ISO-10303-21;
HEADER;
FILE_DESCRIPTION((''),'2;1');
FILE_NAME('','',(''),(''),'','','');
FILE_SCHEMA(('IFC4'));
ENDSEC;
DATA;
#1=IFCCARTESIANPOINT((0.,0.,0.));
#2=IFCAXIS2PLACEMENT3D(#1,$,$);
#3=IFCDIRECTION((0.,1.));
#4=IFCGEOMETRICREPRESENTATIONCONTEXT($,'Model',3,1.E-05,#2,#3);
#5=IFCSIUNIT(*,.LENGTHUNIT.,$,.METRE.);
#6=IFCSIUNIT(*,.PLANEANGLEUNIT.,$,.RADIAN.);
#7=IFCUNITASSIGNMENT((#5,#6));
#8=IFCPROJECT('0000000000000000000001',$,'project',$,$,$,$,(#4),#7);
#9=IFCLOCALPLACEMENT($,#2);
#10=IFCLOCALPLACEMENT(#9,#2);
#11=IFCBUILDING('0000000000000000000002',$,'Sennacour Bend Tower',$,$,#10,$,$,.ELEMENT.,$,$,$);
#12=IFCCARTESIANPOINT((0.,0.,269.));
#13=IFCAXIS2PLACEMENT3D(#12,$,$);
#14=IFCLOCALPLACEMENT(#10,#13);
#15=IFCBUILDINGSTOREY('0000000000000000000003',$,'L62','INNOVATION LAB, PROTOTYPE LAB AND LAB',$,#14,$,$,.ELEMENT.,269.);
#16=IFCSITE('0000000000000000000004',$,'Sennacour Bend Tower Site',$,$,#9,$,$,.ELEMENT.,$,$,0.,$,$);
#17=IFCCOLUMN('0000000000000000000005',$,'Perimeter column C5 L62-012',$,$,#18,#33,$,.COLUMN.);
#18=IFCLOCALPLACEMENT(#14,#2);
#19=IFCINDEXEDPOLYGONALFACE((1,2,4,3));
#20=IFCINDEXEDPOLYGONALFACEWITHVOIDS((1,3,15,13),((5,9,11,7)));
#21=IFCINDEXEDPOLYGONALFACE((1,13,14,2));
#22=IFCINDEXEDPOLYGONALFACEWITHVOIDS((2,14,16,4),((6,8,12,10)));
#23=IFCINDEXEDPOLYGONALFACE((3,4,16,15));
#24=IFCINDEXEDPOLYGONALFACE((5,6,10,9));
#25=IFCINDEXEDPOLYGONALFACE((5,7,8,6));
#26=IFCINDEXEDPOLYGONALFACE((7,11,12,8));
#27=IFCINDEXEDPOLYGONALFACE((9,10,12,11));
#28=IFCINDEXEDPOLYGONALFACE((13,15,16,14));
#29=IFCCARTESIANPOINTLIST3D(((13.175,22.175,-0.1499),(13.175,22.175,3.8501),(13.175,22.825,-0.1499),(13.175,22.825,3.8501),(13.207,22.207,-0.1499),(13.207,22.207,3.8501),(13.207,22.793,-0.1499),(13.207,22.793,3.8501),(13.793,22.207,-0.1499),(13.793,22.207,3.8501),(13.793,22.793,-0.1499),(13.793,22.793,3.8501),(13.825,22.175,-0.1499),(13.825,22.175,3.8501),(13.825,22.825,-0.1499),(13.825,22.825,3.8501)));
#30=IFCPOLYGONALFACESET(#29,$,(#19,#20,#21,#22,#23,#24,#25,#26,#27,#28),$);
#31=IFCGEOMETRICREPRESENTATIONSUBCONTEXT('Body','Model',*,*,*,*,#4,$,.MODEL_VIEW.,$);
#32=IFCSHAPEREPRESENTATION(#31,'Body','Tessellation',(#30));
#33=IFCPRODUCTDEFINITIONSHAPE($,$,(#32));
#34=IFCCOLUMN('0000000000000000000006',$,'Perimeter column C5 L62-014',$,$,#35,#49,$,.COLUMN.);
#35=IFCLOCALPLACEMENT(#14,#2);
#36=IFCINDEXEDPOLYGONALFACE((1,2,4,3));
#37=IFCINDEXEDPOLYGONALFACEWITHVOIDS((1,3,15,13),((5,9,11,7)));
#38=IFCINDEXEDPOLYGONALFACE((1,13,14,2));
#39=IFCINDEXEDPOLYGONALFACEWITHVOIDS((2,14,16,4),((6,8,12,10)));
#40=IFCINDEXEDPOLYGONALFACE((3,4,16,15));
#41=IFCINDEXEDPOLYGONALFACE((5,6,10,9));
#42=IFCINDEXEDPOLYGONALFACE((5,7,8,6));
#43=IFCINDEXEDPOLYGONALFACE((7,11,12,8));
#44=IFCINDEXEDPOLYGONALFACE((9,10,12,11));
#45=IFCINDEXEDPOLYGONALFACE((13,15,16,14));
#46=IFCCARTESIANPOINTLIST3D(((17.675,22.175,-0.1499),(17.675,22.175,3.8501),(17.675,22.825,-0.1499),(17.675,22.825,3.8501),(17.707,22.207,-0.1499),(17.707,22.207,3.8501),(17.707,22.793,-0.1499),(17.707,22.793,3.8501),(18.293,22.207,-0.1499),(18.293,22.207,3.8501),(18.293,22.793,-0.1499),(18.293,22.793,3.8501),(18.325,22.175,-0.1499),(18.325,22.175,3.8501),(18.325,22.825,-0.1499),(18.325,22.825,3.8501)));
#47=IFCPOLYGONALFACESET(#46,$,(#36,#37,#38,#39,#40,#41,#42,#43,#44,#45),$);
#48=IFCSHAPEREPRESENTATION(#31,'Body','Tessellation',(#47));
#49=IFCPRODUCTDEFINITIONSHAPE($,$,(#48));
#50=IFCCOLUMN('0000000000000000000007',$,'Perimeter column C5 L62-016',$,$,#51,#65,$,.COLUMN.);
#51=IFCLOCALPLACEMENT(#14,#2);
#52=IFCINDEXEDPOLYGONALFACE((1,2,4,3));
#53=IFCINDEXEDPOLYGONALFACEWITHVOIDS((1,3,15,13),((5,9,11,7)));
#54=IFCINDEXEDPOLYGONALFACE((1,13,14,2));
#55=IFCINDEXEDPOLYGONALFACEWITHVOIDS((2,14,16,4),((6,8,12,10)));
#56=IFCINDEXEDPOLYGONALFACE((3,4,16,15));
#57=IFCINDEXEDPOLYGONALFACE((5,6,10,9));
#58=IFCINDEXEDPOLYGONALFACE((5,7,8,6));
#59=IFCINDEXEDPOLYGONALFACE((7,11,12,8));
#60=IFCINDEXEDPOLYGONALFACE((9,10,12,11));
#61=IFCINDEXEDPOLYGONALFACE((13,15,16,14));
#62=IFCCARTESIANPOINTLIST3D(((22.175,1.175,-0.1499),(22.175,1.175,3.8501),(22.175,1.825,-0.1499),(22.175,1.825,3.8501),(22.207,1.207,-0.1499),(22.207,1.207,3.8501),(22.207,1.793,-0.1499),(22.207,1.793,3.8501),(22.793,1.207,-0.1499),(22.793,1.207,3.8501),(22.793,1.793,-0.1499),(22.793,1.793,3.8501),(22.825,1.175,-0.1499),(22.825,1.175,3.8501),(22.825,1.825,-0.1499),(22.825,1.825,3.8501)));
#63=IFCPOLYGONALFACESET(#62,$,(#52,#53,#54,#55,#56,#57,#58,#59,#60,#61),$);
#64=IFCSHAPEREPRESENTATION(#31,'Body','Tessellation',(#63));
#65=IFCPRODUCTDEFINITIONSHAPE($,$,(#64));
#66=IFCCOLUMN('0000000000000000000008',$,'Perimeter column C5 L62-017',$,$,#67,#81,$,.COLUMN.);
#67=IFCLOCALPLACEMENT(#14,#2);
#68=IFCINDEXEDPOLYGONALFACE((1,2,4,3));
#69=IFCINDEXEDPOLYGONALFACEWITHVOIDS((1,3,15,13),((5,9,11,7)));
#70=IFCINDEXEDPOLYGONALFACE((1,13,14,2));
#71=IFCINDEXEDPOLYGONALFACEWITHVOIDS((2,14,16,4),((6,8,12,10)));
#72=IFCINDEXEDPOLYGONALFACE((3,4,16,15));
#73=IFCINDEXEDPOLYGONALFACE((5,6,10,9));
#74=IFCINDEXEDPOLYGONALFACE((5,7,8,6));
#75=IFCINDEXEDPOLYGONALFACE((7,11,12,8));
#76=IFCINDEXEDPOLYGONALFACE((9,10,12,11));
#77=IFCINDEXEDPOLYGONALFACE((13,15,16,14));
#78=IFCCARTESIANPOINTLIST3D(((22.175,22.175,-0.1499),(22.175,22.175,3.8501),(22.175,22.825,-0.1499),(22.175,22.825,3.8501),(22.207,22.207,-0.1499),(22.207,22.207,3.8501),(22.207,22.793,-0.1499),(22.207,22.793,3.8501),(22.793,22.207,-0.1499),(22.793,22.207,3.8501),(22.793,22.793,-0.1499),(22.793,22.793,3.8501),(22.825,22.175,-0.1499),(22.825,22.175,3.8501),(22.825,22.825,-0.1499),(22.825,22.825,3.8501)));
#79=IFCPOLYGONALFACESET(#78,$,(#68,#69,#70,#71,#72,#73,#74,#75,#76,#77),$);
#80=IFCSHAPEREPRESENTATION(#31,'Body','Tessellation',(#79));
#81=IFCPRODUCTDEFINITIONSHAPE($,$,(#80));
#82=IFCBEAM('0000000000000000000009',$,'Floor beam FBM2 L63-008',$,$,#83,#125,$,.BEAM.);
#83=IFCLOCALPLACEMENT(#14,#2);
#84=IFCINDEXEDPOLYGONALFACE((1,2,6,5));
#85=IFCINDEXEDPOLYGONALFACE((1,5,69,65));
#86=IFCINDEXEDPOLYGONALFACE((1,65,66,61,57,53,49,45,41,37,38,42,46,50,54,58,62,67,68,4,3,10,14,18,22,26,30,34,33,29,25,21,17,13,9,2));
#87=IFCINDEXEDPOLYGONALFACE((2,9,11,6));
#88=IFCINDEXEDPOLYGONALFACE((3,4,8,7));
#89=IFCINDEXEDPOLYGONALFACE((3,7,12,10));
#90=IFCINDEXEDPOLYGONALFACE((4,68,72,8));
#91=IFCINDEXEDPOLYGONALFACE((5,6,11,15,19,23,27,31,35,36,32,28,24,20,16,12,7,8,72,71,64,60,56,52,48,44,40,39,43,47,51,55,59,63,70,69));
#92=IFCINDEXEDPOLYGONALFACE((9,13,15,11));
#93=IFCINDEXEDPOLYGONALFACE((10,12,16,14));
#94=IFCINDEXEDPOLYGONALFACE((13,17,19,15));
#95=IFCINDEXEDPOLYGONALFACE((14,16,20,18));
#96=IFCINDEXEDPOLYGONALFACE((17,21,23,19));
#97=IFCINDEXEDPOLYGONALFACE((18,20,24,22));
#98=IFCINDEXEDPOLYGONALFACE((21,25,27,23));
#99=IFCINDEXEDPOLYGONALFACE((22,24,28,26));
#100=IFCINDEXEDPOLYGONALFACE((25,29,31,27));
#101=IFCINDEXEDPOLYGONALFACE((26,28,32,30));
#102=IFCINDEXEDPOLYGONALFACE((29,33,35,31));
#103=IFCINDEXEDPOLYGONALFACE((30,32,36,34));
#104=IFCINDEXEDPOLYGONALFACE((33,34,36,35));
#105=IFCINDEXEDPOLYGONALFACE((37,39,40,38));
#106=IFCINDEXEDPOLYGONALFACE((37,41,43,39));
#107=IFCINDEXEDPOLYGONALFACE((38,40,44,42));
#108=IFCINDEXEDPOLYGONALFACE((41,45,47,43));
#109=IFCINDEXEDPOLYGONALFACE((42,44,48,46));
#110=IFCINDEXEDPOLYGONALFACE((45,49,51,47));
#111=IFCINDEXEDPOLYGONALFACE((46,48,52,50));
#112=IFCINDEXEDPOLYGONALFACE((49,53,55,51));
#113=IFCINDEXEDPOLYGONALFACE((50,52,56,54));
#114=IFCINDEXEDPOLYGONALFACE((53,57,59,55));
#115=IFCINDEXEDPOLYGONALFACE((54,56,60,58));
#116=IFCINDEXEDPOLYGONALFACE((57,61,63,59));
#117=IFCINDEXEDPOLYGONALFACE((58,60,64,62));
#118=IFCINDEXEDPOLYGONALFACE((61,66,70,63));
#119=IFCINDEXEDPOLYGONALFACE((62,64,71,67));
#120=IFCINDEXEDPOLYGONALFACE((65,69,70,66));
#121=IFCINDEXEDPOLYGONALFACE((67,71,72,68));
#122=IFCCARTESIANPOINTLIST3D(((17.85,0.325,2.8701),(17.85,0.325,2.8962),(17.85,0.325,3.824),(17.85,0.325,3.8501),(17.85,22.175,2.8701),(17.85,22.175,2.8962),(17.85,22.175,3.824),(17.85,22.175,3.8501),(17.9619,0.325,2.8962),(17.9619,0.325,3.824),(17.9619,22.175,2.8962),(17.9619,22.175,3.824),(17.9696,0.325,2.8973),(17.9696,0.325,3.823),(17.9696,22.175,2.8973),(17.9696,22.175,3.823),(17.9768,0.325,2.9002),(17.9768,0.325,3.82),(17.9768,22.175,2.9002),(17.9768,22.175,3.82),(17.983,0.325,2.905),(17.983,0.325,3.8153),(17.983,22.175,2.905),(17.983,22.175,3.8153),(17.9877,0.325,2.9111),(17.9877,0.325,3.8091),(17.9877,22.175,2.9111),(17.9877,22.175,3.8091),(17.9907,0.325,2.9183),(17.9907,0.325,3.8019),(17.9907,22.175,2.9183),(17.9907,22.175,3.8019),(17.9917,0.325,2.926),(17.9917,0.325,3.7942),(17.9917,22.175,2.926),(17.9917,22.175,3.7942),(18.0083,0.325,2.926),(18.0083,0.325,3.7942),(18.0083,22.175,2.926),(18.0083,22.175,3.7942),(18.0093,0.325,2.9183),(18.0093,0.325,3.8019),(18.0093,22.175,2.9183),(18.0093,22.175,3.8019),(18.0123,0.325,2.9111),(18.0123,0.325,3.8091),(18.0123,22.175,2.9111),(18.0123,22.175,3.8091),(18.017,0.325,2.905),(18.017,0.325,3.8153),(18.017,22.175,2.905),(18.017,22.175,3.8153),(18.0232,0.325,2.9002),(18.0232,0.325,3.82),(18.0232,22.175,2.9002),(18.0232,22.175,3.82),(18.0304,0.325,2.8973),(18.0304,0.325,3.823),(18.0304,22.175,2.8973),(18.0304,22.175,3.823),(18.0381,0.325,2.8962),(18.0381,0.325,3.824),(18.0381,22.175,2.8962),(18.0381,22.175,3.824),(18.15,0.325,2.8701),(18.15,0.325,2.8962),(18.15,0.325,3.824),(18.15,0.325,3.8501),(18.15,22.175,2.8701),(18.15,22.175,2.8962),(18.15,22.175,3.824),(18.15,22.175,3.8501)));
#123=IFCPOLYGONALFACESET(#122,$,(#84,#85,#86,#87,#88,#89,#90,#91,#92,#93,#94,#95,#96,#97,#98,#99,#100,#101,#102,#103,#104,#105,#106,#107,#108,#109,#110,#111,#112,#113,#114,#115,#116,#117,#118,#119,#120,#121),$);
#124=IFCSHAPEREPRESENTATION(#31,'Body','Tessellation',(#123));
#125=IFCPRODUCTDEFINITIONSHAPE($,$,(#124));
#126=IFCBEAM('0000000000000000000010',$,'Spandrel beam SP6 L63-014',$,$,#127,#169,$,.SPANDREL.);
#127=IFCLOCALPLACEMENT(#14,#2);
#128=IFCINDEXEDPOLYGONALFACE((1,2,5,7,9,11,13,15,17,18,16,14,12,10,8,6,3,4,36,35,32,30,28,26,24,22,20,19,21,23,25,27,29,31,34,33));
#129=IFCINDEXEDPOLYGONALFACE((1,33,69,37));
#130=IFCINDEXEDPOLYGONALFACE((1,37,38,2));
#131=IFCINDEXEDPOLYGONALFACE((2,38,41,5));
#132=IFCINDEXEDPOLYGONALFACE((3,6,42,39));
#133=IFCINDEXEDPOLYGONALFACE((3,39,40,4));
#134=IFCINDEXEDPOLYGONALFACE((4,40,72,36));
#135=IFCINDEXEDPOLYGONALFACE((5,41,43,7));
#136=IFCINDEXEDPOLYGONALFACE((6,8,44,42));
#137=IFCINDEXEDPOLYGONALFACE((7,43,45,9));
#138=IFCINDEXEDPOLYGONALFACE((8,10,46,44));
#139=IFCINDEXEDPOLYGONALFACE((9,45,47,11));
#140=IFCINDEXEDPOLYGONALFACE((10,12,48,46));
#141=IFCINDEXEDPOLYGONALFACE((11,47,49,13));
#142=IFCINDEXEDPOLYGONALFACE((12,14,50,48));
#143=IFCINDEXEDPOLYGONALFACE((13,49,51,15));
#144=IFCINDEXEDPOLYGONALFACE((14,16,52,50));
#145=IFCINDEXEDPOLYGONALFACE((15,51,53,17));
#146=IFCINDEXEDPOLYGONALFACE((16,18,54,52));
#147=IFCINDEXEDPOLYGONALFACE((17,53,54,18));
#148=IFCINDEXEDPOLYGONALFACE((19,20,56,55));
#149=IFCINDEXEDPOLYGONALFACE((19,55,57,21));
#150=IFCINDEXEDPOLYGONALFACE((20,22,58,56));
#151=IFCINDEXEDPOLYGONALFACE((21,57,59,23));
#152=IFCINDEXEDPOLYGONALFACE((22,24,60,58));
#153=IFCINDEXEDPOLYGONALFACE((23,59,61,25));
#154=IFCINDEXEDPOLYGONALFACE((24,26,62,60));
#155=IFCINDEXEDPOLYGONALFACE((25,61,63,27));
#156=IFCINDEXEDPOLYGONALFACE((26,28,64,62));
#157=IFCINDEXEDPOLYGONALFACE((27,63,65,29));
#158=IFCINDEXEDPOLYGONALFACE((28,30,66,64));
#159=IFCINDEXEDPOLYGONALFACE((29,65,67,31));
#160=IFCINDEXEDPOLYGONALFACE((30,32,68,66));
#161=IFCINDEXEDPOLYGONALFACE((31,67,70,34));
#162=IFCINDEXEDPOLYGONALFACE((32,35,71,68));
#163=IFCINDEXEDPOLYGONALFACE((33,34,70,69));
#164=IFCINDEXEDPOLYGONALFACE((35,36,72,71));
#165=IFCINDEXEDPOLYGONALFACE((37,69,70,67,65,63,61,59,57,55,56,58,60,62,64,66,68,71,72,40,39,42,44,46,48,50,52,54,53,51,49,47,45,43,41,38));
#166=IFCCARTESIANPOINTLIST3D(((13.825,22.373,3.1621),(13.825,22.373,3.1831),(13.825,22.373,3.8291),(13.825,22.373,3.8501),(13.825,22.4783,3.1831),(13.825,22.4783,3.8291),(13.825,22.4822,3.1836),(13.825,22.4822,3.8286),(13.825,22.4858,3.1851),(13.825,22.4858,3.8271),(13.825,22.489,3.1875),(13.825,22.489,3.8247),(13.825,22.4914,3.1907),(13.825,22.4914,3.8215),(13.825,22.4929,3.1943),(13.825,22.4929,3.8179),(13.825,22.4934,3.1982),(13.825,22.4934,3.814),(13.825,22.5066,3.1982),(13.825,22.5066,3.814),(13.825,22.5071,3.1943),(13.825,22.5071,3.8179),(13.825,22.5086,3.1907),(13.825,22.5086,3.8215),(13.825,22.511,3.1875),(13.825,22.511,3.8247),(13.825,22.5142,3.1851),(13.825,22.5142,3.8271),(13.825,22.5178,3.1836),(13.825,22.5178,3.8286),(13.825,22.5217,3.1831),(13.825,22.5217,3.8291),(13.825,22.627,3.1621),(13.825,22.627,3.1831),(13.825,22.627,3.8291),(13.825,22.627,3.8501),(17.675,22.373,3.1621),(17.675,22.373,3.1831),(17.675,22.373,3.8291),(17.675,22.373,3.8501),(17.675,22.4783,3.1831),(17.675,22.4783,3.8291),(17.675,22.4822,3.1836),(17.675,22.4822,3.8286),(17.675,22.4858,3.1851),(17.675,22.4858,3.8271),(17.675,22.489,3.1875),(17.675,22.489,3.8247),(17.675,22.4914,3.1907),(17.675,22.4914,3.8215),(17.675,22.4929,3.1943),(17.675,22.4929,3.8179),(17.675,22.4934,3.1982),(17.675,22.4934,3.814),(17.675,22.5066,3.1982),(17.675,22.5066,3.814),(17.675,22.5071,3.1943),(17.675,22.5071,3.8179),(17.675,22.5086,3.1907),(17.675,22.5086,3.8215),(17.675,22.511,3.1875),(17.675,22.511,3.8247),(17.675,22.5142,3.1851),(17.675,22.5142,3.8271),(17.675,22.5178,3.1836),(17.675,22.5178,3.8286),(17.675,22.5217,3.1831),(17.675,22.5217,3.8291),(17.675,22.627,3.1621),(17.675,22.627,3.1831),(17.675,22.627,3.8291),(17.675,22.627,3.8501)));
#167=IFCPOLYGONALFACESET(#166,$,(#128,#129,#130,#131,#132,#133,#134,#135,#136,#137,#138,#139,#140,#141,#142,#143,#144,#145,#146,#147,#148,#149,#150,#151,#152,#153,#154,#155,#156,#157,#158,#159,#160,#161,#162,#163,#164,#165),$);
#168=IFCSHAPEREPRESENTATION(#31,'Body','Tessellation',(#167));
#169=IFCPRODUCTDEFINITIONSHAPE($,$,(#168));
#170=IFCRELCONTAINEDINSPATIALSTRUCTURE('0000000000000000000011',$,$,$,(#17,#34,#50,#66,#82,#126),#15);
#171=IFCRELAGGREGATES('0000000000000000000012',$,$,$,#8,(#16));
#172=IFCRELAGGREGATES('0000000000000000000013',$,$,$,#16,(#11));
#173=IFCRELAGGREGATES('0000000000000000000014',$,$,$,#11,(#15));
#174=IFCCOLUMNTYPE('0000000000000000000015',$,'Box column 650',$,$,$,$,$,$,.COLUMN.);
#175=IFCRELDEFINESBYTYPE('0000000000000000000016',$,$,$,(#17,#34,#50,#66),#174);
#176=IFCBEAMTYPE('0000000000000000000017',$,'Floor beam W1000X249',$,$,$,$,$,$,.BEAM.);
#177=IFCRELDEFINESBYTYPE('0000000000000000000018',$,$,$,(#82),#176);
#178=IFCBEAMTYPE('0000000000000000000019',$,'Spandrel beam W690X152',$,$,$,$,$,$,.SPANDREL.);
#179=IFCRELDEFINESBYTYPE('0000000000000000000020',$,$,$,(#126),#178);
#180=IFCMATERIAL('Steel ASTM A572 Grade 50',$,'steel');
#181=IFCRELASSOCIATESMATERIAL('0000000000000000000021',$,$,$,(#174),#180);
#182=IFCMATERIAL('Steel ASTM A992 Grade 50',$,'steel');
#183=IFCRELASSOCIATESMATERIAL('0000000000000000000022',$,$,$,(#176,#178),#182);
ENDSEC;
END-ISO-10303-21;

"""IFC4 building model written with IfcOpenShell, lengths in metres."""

from ifc_helpers import new_model, si_unit, direction, frame, origin, origin_2d, place, context, subcontext, project, spatial, hollow_rectangle, i_section, extrude, material, material_profile, profile_set, type_object, element, save


model = new_model("IFC4")

# Units and contexts
model_context = context("Model", 3, precision=1e-05, world=origin(), true_north=direction((0.0, 1.0)))
body_context = subcontext(model_context, "Body", "Model", "MODEL_VIEW")
ifc_project = project(units=[si_unit("LENGTHUNIT", "METRE"), si_unit("PLANEANGLEUNIT", "RADIAN")], contexts=[model_context])

# Site, building, storey
site_placement = place(None, origin())
site = spatial("IfcSite", under=ifc_project, at=site_placement, Name="Sennacour Bend Tower Site", CompositionType="ELEMENT", RefElevation=0.0)
building_placement = place(site_placement, origin())
building = spatial("IfcBuilding", under=site, at=building_placement, Name="Sennacour Bend Tower", CompositionType="ELEMENT")
storey_placement = place(building_placement, frame((0.0, 0.0, 269.0)))
storey = spatial("IfcBuildingStorey", under=building, at=storey_placement, Name="L62", Description="INNOVATION LAB, PROTOTYPE LAB AND LAB", CompositionType="ELEMENT", Elevation=269.0)

# Columns
ifc_material_1 = material(Name="Steel ASTM A572 Grade 50", Category="steel")
ifc_material_profile_1 = material_profile(ifc_material_1, hollow_rectangle(XDim=0.6499, YDim=0.6499, WallThickness=0.032, at=origin_2d()), Name="Steel ASTM A572 Grade 50", Category="steel")
ifc_profile_set_1 = profile_set([ifc_material_profile_1], Name="Steel ASTM A572 Grade 50")
column_type = type_object("IfcColumnType", Name="Box column 650", PredefinedType="COLUMN", material=ifc_profile_set_1)
for number, where, z_axis, x_axis, name in (
    (1, (13.5, 22.5, -0.1499), (0.0, 0.0, 1.0), (1.0, 0.0, 0.0), "Perimeter column C5 L62-012"),
    (2, (18.0, 22.5, -0.1499), (0.0, 0.0, 1.0), (1.0, 0.0, 0.0), "Perimeter column C5 L62-014"),
    (3, (22.5, 1.5, -0.1499), (0.0, 0.0, 1.0), (1.0, 0.0, 0.0), "Perimeter column C5 L62-016"),
    (4, (22.5, 22.5, -0.1499), (0.0, 0.0, 1.0), (1.0, 0.0, 0.0), "Perimeter column C5 L62-017"),
):
    element("IfcColumn", number, at=place(storey_placement, frame(where, z_axis=z_axis, x_axis=x_axis)), inside=storey, type_object=column_type, Name=name, PredefinedType="COLUMN", context=body_context, shape_type="SweptSolid", body=[
        extrude(hollow_rectangle(XDim=0.6499, YDim=0.6499, WallThickness=0.032, at=origin_2d()), origin(), (0.0, 0.0, 1.0), 4.0),
    ])

# Beams
ifc_material_2 = material(Name="Steel ASTM A992 Grade 50", Category="steel")
ifc_material_profile_2 = material_profile(ifc_material_2, i_section(OverallWidth=0.3, OverallDepth=0.98, WebThickness=0.0166, FlangeThickness=0.0261, FilletRadius=0.0298, at=origin_2d()), Name="Steel ASTM A992 Grade 50", Category="steel")
ifc_profile_set_2 = profile_set([ifc_material_profile_2], Name="Steel ASTM A992 Grade 50")
beam_type_1 = type_object("IfcBeamType", Name="Floor beam W1000X249", PredefinedType="BEAM", material=ifc_profile_set_2)
beam_placement = place(storey_placement, frame((18.0, 0.325, 3.3601), z_axis=(0.0, 1.0, 0.0), x_axis=(-1.0, 0.0, 0.0)))
element("IfcBeam", 5, at=beam_placement, inside=storey, type_object=beam_type_1, Name="Floor beam FBM2 L63-008", PredefinedType="BEAM", context=body_context, shape_type="SweptSolid", body=[
    extrude(i_section(OverallWidth=0.3, OverallDepth=0.98, WebThickness=0.0166, FlangeThickness=0.0261, FilletRadius=0.0298, at=origin_2d()), origin(), (0.0, 0.0, 1.0), 21.8501),
])
ifc_material_profile_3 = material_profile(ifc_material_2, i_section(OverallWidth=0.2539, OverallDepth=0.688, WebThickness=0.0132, FlangeThickness=0.021, FilletRadius=0.0151, at=origin_2d()), Name="Steel ASTM A992 Grade 50", Category="steel")
ifc_profile_set_3 = profile_set([ifc_material_profile_3], Name="Steel ASTM A992 Grade 50")
beam_type_2 = type_object("IfcBeamType", Name="Spandrel beam W690X152", PredefinedType="SPANDREL", material=ifc_profile_set_3)
for number, where, z_axis, x_axis, name in (
    (6, (13.825, 22.5, 3.5061), (1.0, 0.0, 0.0), (0.0, 1.0, 0.0), "Spandrel beam SP6 L63-014"),
):
    element("IfcBeam", number, at=place(storey_placement, frame(where, z_axis=z_axis, x_axis=x_axis)), inside=storey, type_object=beam_type_2, Name=name, PredefinedType="SPANDREL", context=body_context, shape_type="SweptSolid", body=[
        extrude(i_section(OverallWidth=0.2539, OverallDepth=0.688, WebThickness=0.0132, FlangeThickness=0.021, FilletRadius=0.0151, at=origin_2d()), origin(), (0.0, 0.0, 1.0), 3.8501),
    ])

save(model, "model.ifc")
